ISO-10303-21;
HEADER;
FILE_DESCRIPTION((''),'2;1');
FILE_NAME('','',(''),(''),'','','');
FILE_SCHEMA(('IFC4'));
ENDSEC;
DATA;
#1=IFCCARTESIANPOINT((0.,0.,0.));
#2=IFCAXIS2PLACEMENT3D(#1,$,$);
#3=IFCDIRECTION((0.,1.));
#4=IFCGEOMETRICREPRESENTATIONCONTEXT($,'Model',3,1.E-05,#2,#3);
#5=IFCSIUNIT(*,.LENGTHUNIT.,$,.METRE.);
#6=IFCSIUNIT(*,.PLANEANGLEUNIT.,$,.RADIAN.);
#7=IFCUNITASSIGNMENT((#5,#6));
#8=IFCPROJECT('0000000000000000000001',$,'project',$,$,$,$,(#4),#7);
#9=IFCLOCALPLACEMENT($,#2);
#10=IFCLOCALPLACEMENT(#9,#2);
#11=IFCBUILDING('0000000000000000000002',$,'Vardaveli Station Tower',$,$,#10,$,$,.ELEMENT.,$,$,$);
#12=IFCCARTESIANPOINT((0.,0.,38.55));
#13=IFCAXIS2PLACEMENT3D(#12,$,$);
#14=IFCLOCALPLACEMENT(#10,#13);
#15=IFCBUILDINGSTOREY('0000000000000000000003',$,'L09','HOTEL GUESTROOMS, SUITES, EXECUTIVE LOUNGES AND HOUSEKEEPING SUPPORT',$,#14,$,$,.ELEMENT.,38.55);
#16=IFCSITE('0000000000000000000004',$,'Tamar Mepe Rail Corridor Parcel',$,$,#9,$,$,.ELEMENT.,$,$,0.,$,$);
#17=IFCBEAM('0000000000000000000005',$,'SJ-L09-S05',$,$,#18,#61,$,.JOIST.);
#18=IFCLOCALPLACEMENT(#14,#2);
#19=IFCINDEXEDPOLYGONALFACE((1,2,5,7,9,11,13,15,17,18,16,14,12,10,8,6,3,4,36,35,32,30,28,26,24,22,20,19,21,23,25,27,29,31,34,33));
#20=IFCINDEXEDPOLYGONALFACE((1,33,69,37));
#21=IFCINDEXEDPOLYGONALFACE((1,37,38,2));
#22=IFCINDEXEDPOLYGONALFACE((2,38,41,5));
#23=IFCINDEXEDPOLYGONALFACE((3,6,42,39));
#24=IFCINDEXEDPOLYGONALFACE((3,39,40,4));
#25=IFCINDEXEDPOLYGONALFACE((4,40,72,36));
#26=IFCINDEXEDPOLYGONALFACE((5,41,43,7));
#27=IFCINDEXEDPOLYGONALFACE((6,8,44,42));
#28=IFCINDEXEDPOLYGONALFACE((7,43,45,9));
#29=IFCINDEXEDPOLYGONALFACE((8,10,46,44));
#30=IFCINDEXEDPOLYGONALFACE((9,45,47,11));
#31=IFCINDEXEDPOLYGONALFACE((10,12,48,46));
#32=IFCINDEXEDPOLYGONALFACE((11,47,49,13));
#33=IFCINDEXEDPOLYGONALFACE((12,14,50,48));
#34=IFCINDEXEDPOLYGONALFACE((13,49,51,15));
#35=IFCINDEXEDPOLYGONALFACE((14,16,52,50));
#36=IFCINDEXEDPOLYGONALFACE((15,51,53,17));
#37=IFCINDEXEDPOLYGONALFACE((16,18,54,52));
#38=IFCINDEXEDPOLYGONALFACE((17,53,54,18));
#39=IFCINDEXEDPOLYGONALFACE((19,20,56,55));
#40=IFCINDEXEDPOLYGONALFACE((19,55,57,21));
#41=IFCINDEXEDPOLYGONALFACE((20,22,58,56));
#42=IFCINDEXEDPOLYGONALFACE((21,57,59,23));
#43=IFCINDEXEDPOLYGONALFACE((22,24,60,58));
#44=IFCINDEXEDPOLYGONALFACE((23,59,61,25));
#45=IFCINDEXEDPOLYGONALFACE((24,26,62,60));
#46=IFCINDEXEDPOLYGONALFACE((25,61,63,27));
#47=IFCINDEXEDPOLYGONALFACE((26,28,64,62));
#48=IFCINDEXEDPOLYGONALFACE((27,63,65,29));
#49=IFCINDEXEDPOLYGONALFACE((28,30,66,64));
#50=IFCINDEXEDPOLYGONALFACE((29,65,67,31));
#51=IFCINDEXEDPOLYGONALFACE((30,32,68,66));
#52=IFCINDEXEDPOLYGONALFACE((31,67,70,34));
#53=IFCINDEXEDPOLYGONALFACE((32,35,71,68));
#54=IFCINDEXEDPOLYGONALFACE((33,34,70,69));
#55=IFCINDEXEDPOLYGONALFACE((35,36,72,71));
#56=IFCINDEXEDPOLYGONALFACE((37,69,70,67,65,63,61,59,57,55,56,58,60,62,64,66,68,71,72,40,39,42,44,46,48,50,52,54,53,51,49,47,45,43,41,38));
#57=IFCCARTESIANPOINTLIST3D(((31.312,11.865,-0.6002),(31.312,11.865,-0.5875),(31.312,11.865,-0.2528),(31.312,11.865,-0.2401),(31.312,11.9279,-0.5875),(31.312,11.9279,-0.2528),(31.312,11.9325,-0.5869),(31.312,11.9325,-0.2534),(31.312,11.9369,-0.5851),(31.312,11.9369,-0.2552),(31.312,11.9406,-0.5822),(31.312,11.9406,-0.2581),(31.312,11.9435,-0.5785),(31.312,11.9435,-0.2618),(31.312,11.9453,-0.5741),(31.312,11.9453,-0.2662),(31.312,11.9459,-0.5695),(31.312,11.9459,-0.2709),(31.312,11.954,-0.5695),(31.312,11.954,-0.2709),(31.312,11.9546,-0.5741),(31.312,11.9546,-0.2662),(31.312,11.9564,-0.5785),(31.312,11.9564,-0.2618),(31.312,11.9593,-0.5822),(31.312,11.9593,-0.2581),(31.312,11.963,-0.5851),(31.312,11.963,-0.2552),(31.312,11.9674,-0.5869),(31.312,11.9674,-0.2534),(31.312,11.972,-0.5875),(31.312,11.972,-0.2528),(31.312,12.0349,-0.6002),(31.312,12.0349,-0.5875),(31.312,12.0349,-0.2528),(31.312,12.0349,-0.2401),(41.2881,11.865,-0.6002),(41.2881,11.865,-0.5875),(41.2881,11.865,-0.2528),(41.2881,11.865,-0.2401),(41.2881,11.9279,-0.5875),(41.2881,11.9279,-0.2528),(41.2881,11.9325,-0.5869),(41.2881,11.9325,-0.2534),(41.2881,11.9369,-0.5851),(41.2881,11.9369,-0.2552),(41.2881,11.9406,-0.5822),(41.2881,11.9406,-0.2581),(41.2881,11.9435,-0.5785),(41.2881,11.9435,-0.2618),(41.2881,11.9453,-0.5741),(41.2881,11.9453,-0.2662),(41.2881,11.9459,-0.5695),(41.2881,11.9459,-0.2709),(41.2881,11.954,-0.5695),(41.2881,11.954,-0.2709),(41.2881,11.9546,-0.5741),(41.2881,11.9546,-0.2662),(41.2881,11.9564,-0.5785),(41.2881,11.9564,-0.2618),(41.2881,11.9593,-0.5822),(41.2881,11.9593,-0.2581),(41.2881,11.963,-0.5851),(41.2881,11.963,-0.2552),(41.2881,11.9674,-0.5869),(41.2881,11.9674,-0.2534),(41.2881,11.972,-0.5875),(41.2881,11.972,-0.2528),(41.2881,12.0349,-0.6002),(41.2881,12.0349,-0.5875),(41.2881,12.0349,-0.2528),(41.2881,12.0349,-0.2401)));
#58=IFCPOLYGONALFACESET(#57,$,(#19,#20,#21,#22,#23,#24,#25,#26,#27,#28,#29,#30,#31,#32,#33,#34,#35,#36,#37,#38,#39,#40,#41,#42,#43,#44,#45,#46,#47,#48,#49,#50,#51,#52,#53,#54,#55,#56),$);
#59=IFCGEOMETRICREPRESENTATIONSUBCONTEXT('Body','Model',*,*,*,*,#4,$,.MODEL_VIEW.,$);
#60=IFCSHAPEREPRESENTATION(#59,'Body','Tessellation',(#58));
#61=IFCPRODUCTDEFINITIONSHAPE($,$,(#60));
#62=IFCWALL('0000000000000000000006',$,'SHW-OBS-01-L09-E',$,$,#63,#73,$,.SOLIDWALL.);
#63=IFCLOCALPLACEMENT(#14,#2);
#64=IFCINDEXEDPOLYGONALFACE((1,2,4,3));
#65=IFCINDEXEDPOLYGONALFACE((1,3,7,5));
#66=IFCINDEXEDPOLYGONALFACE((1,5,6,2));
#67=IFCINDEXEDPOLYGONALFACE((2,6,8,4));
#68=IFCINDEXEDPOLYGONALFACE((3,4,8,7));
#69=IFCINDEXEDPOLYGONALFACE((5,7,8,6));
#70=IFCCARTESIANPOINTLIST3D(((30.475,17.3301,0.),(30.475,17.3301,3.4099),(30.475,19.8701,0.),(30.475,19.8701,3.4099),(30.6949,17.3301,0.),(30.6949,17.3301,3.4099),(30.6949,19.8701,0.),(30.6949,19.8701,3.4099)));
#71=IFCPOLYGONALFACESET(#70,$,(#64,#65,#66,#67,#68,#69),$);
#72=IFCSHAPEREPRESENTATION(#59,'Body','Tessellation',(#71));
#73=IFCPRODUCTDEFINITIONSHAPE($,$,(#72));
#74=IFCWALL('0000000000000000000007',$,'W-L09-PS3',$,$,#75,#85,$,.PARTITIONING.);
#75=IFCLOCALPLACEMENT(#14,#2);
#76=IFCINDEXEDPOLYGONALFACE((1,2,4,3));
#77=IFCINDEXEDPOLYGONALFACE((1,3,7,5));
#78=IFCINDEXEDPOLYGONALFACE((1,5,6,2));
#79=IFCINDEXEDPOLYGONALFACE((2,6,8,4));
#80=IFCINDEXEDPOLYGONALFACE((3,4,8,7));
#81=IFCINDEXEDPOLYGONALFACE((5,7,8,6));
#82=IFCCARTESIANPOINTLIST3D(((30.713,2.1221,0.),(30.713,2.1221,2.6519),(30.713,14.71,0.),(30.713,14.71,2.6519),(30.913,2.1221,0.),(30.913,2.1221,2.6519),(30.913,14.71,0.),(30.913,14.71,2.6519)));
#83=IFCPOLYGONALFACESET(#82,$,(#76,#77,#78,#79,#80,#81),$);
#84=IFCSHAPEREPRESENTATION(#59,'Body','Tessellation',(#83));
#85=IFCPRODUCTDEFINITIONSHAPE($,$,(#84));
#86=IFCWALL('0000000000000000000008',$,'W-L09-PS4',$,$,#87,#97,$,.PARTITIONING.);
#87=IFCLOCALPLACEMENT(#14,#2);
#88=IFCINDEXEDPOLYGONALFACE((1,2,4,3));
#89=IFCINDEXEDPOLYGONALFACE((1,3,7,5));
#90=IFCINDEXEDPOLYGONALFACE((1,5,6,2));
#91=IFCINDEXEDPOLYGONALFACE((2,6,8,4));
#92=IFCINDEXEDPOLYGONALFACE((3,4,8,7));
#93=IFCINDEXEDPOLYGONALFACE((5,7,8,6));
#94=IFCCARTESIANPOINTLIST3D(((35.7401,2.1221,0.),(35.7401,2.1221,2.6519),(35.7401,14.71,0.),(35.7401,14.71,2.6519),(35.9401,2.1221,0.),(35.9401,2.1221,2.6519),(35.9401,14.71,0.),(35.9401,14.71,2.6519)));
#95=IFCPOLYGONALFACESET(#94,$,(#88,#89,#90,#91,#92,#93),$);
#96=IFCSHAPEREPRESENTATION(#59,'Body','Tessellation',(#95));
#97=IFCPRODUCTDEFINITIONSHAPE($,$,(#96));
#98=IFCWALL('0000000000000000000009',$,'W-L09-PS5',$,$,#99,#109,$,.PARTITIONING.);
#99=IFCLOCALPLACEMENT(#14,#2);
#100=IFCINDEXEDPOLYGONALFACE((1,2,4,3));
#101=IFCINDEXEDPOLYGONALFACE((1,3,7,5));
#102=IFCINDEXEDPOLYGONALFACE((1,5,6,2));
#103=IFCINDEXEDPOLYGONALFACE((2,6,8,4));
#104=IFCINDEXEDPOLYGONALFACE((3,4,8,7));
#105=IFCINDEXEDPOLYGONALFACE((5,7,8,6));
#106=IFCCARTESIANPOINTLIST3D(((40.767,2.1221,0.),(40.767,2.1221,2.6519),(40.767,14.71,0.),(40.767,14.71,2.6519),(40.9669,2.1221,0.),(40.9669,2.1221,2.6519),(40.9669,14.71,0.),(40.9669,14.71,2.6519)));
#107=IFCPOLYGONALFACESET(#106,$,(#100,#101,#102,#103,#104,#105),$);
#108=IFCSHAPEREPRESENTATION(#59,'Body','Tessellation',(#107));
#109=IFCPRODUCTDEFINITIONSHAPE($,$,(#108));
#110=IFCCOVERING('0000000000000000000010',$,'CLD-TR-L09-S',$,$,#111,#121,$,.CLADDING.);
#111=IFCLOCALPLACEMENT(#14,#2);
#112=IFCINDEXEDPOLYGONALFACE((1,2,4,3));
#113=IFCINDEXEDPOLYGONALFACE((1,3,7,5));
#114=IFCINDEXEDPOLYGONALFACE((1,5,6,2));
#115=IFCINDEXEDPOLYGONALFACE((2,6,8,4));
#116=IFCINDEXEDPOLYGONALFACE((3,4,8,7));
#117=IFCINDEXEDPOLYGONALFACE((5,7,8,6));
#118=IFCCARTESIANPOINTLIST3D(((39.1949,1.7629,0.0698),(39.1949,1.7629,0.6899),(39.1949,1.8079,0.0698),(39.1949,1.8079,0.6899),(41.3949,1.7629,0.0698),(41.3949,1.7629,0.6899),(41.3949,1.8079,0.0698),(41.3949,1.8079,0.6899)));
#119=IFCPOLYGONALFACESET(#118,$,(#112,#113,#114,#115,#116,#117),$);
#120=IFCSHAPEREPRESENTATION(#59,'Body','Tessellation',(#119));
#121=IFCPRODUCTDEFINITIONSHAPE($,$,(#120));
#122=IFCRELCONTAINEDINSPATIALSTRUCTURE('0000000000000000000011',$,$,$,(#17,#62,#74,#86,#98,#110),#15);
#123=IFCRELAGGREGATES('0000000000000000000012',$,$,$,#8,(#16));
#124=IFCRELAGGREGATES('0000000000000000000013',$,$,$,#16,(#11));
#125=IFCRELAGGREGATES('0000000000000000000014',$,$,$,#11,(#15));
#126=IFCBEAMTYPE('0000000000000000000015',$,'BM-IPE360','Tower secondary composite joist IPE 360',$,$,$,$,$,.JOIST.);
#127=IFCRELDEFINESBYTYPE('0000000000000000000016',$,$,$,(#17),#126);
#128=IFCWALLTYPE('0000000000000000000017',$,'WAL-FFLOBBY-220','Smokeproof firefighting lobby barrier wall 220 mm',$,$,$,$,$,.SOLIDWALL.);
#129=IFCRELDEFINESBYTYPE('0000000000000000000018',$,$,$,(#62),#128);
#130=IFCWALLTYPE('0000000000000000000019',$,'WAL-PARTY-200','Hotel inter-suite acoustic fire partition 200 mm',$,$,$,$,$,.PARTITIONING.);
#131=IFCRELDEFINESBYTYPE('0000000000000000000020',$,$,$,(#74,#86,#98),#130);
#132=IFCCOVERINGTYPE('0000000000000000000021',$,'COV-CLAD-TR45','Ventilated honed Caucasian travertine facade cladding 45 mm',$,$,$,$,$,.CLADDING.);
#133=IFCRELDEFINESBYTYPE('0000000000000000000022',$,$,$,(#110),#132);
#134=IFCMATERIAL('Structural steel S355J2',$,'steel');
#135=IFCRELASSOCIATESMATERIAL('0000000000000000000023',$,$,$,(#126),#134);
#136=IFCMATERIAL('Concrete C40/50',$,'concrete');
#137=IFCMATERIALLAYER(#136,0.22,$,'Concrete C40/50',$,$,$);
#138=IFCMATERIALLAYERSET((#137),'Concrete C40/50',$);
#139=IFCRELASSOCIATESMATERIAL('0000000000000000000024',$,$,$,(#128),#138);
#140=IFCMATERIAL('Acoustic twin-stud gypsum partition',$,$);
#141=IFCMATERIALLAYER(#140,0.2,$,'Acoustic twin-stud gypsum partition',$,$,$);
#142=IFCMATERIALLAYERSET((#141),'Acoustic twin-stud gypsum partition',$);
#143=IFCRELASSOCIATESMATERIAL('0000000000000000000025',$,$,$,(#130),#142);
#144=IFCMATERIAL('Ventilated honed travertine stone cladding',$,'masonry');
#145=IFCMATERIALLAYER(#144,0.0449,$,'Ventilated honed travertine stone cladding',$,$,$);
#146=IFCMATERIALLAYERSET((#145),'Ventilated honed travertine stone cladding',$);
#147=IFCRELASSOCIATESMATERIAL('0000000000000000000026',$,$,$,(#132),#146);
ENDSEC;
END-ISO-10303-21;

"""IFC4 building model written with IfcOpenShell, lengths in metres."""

from ifc_helpers import new_model, si_unit, direction, frame, frame_2d, origin, origin_2d, place, context, subcontext, project, spatial, rectangle, i_section, extrude, source, transform, mapped, material, layer, layer_set, material_profile, profile_set, type_object, element, save


model = new_model("IFC4")

# Units and contexts
model_context = context("Model", 3, precision=1e-05, world=origin(), true_north=direction((0.0, 1.0)))
body_context = subcontext(model_context, "Body", "Model", "MODEL_VIEW")
ifc_project = project(units=[si_unit("LENGTHUNIT", "METRE"), si_unit("PLANEANGLEUNIT", "RADIAN")], contexts=[model_context])

# Site, building, storey
site_placement = place(None, origin())
site = spatial("IfcSite", under=ifc_project, at=site_placement, Name="Tamar Mepe Rail Corridor Parcel", CompositionType="ELEMENT", RefElevation=0.0)
building_placement = place(site_placement, origin())
building = spatial("IfcBuilding", under=site, at=building_placement, Name="Vardaveli Station Tower", CompositionType="ELEMENT")
storey_placement = place(building_placement, frame((0.0, 0.0, 38.55)))
storey = spatial("IfcBuildingStorey", under=building, at=storey_placement, Name="L09", Description="HOTEL GUESTROOMS, SUITES, EXECUTIVE LOUNGES AND HOUSEKEEPING SUPPORT", CompositionType="ELEMENT", Elevation=38.55)

# Beam
ifc_material_1 = material(Name="Structural steel S355J2", Category="steel")
ifc_material_profile_1 = material_profile(ifc_material_1, i_section(OverallWidth=0.1699, OverallDepth=0.3601, WebThickness=0.0081, FlangeThickness=0.0127, FilletRadius=0.0181, at=origin_2d()), Name="IPE 360")
ifc_profile_set_1 = profile_set([ifc_material_profile_1], Name="Structural steel S355J2")
beam_type_1 = type_object("IfcBeamType", Name="BM-IPE360", Description="Tower secondary composite joist IPE 360", PredefinedType="JOIST", material=ifc_profile_set_1)
shared_shape_1 = source(origin(), body_context, "Body", "SweptSolid", [
    extrude(i_section(OverallWidth=0.1699, OverallDepth=0.3601, WebThickness=0.0081, FlangeThickness=0.0127, FilletRadius=0.0181, at=origin_2d()), origin(), (0.0, 0.0, 1.0), 9.9761),
])
for number, where, z_axis, x_axis, name in (
    (1, (31.312, 11.95, -0.4202), (1.0, 0.0, 0.0), (0.0, 1.0, 0.0), "SJ-L09-S05"),
):
    element("IfcBeam", number, at=place(storey_placement, frame(where, z_axis=z_axis, x_axis=x_axis)), inside=storey, type_object=beam_type_1, Name=name, PredefinedType="JOIST", context=body_context, shape_type="MappedRepresentation", body=[
        mapped(shared_shape_1, transform((0.0, 0.0, 0.0), scale=1.0)),
    ])

# Walls
ifc_material_2 = material(Name="Concrete C40/50", Category="concrete")
ifc_layer_1 = layer(ifc_material_2, 0.22, Name="Concrete C40/50")
ifc_layer_set_1 = layer_set([ifc_layer_1], Name="Concrete C40/50")
wall_type_1 = type_object("IfcWallType", Name="WAL-FFLOBBY-220", Description="Smokeproof firefighting lobby barrier wall 220 mm", PredefinedType="SOLIDWALL", material=ifc_layer_set_1)
shared_shape_2 = source(origin(), body_context, "Body", "SweptSolid", [
    extrude(rectangle(XDim=2.54, YDim=0.22, at=frame_2d((1.27, 0.0))), origin(), (0.0, 0.0, 1.0), 3.4099),
])
wall_placement = place(storey_placement, frame((30.585, 17.3301, 0.0), z_axis=(0.0, 0.0, 1.0), x_axis=(0.0, 1.0, 0.0)))
element("IfcWall", 2, at=wall_placement, inside=storey, type_object=wall_type_1, Name="SHW-OBS-01-L09-E", PredefinedType="SOLIDWALL", context=body_context, shape_type="MappedRepresentation", body=[
    mapped(shared_shape_2, transform((0.0, 0.0, 0.0), scale=1.0)),
])
ifc_material_3 = material(Name="Acoustic twin-stud gypsum partition")
ifc_layer_2 = layer(ifc_material_3, 0.2, Name="Acoustic twin-stud gypsum partition")
ifc_layer_set_2 = layer_set([ifc_layer_2], Name="Acoustic twin-stud gypsum partition")
wall_type_2 = type_object("IfcWallType", Name="WAL-PARTY-200", Description="Hotel inter-suite acoustic fire partition 200 mm", PredefinedType="PARTITIONING", material=ifc_layer_set_2)
shared_shape_3 = source(origin(), body_context, "Body", "SweptSolid", [
    extrude(rectangle(XDim=12.5879, YDim=0.2, at=frame_2d((6.2939, 0.0))), origin(), (0.0, 0.0, 1.0), 2.6519),
])
for number, where, z_axis, x_axis, name in (
    (3, (30.813, 2.1221, 0.0), (0.0, 0.0, 1.0), (0.0, 1.0, 0.0), "W-L09-PS3"),
    (4, (35.8401, 2.1221, 0.0), (0.0, 0.0, 1.0), (0.0, 1.0, 0.0), "W-L09-PS4"),
    (5, (40.8669, 2.1221, 0.0), (0.0, 0.0, 1.0), (0.0, 1.0, 0.0), "W-L09-PS5"),
):
    element("IfcWall", number, at=place(storey_placement, frame(where, z_axis=z_axis, x_axis=x_axis)), inside=storey, type_object=wall_type_2, Name=name, PredefinedType="PARTITIONING", context=body_context, shape_type="MappedRepresentation", body=[
        mapped(shared_shape_3, transform((0.0, 0.0, 0.0), scale=1.0)),
    ])

# Covering
ifc_material_4 = material(Name="Ventilated honed travertine stone cladding", Category="masonry")
ifc_layer_3 = layer(ifc_material_4, 0.0449, Name="Ventilated honed travertine stone cladding")
ifc_layer_set_3 = layer_set([ifc_layer_3], Name="Ventilated honed travertine stone cladding")
covering_type = type_object("IfcCoveringType", Name="COV-CLAD-TR45", Description="Ventilated honed Caucasian travertine facade cladding 45 mm", PredefinedType="CLADDING", material=ifc_layer_set_3)
shared_shape_4 = source(origin(), body_context, "Body", "SweptSolid", [
    extrude(rectangle(XDim=2.2, YDim=0.0449, at=origin_2d()), origin(), (0.0, 0.0, 1.0), 0.6201),
])
covering_placement = place(storey_placement, frame((40.2949, 1.7854, 0.0698), z_axis=(0.0, 0.0, 1.0), x_axis=(1.0, 0.0, 0.0)))
element("IfcCovering", 6, at=covering_placement, inside=storey, type_object=covering_type, Name="CLD-TR-L09-S", PredefinedType="CLADDING", context=body_context, shape_type="MappedRepresentation", body=[
    mapped(shared_shape_4, transform((0.0, 0.0, 0.0), scale=1.0)),
])

save(model, "model.ifc")
